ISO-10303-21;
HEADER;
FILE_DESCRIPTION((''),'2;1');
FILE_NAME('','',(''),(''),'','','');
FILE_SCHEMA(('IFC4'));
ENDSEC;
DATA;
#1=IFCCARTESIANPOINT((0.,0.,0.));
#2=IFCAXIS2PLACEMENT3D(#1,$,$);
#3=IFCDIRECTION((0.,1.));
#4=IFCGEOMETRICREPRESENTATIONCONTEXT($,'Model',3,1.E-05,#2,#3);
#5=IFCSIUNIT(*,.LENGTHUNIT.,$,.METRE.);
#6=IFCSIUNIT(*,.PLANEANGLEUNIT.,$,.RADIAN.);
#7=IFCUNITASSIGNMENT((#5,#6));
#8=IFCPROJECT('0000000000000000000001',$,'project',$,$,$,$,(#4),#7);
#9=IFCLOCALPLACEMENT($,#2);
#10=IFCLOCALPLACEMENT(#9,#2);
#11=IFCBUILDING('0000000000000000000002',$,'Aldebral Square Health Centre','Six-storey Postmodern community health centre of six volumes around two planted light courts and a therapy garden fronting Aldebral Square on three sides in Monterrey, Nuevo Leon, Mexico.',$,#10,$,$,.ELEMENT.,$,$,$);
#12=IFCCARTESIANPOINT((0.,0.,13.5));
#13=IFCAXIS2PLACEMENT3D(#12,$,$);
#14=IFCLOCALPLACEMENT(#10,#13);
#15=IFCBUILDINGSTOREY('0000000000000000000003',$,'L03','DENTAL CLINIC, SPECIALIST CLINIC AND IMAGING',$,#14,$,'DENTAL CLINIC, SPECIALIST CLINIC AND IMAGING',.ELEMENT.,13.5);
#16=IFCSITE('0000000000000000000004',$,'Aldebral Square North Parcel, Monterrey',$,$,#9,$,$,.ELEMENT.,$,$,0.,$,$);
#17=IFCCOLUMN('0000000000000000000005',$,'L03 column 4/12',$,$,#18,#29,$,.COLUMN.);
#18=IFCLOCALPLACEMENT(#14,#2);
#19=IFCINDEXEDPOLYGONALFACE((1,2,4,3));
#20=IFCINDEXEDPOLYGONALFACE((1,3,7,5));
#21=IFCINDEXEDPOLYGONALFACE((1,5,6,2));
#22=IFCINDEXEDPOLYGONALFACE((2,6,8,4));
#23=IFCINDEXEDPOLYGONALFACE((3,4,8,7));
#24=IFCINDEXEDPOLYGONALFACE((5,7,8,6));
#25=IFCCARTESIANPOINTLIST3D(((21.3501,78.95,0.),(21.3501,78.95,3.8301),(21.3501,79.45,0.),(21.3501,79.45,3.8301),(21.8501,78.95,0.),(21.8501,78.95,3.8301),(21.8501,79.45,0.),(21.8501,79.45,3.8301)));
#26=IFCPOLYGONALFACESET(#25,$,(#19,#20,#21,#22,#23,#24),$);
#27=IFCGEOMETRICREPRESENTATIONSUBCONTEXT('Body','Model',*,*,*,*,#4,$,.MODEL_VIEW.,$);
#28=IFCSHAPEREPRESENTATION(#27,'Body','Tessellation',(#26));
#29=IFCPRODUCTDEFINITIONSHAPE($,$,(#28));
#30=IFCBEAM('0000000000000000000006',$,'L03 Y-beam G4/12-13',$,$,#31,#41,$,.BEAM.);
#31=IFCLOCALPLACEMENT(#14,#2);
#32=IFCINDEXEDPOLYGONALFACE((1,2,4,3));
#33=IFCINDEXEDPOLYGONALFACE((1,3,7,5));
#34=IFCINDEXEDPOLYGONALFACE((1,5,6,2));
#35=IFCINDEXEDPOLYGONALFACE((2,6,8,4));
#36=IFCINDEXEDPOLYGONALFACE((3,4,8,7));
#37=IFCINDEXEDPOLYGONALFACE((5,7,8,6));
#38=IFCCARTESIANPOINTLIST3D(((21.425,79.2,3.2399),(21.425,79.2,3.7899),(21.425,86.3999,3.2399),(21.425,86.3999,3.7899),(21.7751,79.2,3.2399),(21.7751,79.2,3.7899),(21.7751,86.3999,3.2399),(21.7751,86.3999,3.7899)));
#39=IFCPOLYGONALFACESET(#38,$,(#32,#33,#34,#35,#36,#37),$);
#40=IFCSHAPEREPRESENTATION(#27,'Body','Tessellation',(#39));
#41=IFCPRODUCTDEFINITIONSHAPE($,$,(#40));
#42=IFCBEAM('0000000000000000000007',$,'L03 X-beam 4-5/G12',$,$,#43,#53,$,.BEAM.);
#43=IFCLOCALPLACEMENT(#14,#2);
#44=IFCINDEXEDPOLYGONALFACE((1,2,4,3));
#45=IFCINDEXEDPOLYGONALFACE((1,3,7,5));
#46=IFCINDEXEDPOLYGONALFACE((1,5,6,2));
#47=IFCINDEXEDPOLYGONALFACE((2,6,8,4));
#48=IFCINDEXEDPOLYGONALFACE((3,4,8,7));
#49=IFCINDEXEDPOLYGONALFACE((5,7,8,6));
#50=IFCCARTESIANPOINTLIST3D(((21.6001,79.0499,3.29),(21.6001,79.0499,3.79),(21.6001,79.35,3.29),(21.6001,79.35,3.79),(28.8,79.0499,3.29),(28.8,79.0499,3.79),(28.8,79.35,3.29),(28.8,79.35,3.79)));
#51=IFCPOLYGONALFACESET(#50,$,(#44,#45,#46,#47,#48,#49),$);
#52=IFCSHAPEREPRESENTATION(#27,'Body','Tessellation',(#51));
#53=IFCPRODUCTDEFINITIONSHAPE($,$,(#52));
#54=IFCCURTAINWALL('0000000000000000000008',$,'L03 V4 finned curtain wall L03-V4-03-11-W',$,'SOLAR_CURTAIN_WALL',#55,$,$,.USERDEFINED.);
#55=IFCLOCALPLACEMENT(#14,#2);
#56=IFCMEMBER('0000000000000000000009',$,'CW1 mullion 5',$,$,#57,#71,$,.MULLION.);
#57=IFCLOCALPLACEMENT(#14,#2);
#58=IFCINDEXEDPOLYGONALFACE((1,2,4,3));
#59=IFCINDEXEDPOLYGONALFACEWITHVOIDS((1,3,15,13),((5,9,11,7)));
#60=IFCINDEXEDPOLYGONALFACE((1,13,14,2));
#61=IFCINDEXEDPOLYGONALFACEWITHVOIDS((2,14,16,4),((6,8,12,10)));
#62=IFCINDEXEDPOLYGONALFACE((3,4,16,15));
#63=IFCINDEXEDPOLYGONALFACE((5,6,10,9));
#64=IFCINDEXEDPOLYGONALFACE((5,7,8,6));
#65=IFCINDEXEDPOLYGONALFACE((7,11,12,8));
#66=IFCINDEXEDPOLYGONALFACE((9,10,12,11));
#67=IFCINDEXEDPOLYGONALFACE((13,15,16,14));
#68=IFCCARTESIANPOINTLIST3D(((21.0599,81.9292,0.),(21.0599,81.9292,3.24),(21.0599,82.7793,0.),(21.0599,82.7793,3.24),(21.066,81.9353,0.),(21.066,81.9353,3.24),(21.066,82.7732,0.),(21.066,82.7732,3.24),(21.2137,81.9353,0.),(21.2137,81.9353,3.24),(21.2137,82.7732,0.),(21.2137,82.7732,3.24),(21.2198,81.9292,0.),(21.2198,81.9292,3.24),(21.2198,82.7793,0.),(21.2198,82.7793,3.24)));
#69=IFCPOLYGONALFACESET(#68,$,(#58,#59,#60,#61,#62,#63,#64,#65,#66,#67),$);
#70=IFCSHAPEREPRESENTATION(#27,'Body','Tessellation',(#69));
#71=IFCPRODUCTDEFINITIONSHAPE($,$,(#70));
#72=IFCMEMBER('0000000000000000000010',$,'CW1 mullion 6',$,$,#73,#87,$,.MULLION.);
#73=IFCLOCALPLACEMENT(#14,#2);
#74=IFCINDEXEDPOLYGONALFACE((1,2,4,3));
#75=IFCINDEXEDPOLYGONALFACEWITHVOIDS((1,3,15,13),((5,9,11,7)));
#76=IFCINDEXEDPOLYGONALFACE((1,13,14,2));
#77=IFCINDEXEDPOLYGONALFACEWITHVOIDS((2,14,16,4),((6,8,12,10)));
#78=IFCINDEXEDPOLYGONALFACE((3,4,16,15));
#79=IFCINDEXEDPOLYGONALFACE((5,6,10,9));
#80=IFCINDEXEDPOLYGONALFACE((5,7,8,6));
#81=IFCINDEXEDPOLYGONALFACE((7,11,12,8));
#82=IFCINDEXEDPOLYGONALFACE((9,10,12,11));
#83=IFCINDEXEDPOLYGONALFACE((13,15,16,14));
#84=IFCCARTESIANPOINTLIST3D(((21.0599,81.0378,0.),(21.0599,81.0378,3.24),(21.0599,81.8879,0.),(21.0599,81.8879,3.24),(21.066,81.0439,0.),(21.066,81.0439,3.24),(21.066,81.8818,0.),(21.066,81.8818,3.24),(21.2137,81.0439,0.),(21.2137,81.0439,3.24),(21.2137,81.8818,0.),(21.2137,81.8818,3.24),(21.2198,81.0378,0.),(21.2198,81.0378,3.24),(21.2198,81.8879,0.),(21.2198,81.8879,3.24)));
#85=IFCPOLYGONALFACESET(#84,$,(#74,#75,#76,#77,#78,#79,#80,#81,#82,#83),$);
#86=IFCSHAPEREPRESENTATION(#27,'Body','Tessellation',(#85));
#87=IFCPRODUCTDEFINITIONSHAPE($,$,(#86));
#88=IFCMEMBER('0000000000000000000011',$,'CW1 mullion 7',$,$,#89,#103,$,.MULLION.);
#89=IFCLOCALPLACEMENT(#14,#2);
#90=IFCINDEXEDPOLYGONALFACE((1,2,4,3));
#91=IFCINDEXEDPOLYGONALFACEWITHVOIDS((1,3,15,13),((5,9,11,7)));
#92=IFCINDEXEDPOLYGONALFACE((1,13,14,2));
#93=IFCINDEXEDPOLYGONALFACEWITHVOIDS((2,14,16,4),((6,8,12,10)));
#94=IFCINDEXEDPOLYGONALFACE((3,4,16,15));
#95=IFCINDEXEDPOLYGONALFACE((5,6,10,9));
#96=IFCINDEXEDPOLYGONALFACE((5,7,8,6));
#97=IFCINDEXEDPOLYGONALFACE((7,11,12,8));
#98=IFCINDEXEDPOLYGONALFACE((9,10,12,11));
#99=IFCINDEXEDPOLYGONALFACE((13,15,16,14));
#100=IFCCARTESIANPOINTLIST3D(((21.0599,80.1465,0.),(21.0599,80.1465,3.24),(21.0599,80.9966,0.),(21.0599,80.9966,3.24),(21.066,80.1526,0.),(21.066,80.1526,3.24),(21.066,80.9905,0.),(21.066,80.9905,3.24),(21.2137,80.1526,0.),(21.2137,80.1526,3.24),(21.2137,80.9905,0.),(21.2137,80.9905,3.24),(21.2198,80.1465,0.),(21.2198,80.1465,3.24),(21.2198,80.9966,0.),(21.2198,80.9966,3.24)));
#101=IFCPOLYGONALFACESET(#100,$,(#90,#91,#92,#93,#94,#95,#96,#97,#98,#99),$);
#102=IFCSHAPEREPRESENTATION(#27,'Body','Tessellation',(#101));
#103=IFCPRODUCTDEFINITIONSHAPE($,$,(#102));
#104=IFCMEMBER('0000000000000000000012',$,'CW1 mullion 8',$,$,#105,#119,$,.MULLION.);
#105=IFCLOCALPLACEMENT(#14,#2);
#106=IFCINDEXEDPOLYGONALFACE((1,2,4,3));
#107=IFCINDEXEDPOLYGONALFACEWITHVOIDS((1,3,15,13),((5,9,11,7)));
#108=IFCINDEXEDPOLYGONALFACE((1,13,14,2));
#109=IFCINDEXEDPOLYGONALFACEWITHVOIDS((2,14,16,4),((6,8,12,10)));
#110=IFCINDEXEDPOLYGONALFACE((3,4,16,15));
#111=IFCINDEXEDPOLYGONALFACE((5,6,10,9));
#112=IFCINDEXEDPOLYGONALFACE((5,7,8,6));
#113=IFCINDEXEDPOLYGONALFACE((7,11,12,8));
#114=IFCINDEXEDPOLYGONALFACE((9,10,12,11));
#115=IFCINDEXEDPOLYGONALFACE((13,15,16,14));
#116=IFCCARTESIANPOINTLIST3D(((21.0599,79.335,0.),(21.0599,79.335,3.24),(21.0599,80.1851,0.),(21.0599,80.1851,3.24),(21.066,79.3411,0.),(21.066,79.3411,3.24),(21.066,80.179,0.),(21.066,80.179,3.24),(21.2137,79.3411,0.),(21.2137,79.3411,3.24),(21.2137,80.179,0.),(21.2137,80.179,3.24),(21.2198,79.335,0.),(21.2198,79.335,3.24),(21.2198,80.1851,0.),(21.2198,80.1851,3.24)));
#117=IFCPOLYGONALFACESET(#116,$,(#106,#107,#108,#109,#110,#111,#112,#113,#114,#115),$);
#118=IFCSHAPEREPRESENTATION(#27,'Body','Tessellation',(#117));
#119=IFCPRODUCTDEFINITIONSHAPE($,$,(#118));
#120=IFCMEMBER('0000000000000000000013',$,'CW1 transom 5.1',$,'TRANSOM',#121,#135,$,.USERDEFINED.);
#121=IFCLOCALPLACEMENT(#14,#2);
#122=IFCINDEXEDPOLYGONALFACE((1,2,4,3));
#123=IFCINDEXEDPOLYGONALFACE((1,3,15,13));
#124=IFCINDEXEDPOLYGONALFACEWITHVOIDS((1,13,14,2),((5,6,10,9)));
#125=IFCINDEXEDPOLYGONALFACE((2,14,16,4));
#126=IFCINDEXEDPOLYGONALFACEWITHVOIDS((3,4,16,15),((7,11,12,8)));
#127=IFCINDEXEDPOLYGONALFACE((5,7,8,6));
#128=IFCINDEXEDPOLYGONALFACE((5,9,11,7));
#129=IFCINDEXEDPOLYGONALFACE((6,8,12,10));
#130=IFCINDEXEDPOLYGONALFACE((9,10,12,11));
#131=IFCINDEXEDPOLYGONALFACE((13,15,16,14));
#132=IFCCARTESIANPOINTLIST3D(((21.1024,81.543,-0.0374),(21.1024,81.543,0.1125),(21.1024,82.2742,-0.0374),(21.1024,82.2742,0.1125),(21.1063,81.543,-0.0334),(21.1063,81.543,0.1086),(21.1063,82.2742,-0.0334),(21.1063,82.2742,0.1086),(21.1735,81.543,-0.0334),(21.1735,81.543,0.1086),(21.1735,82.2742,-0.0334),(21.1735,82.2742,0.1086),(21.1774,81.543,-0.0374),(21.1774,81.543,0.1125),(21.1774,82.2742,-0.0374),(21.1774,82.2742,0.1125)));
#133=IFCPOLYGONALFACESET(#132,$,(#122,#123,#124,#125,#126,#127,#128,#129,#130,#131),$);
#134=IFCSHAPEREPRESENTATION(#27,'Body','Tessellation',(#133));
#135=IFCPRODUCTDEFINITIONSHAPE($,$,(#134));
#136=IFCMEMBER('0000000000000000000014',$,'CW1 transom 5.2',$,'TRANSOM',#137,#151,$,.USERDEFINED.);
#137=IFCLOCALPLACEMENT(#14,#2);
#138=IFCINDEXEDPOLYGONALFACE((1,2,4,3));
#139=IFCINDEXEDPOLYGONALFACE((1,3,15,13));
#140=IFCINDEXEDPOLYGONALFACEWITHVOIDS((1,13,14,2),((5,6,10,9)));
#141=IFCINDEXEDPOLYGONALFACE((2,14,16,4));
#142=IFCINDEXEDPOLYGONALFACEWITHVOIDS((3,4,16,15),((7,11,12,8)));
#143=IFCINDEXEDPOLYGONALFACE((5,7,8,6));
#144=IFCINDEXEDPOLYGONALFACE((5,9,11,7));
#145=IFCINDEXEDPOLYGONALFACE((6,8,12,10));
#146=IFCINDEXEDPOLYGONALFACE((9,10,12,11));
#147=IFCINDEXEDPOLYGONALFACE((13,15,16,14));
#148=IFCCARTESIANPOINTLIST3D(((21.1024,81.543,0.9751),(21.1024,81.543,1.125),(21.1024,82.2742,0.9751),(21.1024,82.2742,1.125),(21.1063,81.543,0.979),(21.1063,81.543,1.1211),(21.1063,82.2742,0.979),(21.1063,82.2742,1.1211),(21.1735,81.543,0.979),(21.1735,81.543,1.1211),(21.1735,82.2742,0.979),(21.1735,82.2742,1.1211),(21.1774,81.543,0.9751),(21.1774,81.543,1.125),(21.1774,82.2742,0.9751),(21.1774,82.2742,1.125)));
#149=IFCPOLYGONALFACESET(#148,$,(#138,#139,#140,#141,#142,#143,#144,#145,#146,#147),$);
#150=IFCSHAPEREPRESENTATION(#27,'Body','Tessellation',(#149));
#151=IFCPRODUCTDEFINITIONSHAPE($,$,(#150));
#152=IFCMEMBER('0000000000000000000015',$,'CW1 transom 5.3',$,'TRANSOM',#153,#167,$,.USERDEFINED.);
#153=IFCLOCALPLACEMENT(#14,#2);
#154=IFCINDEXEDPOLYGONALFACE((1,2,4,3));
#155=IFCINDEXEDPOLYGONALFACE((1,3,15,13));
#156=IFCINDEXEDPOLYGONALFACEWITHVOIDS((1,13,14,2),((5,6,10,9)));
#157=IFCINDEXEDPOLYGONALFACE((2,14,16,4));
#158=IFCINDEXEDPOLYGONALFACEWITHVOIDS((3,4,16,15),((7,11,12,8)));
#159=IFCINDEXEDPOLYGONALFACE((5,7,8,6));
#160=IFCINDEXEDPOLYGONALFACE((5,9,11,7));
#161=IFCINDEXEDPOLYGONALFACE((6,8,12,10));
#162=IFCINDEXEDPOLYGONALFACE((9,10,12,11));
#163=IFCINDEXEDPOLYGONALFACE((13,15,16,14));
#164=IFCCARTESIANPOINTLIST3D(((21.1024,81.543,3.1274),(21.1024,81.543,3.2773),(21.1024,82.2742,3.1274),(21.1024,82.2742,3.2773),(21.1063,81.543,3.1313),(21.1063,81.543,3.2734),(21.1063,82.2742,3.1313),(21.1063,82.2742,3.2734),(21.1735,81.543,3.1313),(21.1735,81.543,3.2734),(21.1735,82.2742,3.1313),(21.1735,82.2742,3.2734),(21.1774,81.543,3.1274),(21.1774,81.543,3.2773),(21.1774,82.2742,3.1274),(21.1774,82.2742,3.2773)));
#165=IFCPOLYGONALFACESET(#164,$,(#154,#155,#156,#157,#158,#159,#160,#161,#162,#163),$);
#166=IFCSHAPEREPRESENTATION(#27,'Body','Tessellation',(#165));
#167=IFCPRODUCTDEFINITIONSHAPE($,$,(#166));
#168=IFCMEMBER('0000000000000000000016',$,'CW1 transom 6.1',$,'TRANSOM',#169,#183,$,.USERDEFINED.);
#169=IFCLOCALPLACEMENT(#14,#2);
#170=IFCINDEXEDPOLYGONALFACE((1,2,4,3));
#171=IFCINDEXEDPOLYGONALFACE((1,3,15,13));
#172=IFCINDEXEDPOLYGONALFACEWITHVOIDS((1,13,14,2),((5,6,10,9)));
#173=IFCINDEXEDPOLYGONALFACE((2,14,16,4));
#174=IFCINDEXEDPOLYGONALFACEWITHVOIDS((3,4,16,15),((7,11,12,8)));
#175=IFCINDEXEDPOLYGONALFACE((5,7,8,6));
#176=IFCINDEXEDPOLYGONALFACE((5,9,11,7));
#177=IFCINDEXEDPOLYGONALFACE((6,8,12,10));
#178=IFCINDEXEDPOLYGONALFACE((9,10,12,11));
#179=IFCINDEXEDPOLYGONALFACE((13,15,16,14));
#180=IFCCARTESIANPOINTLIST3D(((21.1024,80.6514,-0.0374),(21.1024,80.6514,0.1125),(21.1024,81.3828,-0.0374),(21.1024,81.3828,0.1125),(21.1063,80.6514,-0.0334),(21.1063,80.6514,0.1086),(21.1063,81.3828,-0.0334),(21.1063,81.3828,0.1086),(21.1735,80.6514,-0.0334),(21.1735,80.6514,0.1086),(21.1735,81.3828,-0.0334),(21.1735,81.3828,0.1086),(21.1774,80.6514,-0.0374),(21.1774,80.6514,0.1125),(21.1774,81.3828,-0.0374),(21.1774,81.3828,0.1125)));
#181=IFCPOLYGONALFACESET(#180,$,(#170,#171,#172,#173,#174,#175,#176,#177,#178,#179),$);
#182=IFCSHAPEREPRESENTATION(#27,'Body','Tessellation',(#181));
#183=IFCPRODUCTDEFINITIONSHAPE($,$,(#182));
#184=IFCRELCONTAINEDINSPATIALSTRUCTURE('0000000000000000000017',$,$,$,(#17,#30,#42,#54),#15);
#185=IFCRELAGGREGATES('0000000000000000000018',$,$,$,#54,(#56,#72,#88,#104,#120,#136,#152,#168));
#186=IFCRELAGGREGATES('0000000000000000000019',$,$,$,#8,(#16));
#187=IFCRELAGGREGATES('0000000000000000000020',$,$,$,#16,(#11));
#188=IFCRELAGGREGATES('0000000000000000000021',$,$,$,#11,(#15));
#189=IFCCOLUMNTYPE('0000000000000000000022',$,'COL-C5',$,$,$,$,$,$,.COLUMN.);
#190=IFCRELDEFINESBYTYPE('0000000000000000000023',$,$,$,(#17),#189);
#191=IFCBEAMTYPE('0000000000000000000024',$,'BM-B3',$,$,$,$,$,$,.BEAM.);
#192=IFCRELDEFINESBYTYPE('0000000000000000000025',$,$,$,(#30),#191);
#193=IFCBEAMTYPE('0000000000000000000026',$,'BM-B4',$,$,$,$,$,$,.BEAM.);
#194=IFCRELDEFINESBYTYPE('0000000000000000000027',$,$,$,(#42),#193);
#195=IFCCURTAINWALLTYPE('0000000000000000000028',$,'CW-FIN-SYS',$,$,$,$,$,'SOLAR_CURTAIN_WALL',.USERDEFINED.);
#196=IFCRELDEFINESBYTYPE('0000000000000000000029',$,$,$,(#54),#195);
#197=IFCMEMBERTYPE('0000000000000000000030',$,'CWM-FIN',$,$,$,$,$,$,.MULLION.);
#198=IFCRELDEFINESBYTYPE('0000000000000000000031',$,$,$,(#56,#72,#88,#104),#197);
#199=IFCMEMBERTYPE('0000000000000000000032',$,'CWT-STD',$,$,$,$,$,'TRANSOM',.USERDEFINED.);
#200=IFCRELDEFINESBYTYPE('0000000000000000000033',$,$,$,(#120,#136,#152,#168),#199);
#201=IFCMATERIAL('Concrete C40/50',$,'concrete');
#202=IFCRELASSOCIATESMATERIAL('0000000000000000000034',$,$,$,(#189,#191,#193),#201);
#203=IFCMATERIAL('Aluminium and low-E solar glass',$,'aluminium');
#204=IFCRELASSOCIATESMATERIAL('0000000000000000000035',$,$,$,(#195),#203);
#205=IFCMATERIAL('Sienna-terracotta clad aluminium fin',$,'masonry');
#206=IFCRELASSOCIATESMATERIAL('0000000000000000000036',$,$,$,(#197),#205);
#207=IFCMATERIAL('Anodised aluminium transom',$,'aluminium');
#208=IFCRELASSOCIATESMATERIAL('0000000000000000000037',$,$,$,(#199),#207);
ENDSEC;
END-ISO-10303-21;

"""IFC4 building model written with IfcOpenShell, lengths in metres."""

from ifc_helpers import new_model, si_unit, direction, frame, origin, origin_2d, place, context, subcontext, project, spatial, rectangle, hollow_rectangle, extrude, material, material_profile, profile_set, type_object, element, aggregate, save


model = new_model("IFC4")

# Units and contexts
model_context = context("Model", 3, precision=1e-05, world=origin(), true_north=direction((0.0, 1.0)))
body_context = subcontext(model_context, "Body", "Model", "MODEL_VIEW")
ifc_project = project(units=[si_unit("LENGTHUNIT", "METRE"), si_unit("PLANEANGLEUNIT", "RADIAN")], contexts=[model_context])

# Site, building, storey
site_placement = place(None, origin())
site = spatial("IfcSite", under=ifc_project, at=site_placement, Name="Aldebral Square North Parcel, Monterrey", CompositionType="ELEMENT", RefElevation=0.0)
building_placement = place(site_placement, origin())
building = spatial("IfcBuilding", under=site, at=building_placement, Name="Aldebral Square Health Centre", Description="Six-storey Postmodern community health centre of six volumes around two planted light courts and a therapy garden fronting Aldebral Square on three sides in Monterrey, Nuevo Leon, Mexico.", CompositionType="ELEMENT")
storey_placement = place(building_placement, frame((0.0, 0.0, 13.5)))
storey = spatial("IfcBuildingStorey", under=building, at=storey_placement, Name="L03", Description="DENTAL CLINIC, SPECIALIST CLINIC AND IMAGING", LongName="DENTAL CLINIC, SPECIALIST CLINIC AND IMAGING", CompositionType="ELEMENT", Elevation=13.5)

# Column
ifc_material_1 = material(Name="Concrete C40/50", Category="concrete")
ifc_material_profile_1 = material_profile(ifc_material_1, rectangle(XDim=0.5, YDim=0.5, at=origin_2d()), Name="RC 500x500")
ifc_profile_set_1 = profile_set([ifc_material_profile_1], Name="Concrete C40/50")
column_type = type_object("IfcColumnType", Name="COL-C5", PredefinedType="COLUMN", material=ifc_profile_set_1)
column_placement = place(storey_placement, frame((21.6001, 79.2, 0.0), z_axis=(0.0, 0.0, 1.0), x_axis=(1.0, 0.0, 0.0)))
element("IfcColumn", 1, at=column_placement, inside=storey, type_object=column_type, Name="L03 column 4/12", PredefinedType="COLUMN", context=body_context, shape_type="SweptSolid", body=[
    extrude(rectangle(XDim=0.5, YDim=0.5, at=origin_2d()), origin(), (0.0, 0.0, 1.0), 3.8301),
])

# Beams
ifc_material_profile_2 = material_profile(ifc_material_1, rectangle(XDim=0.3501, YDim=0.55, at=origin_2d()), Name="RC 350x550")
ifc_profile_set_2 = profile_set([ifc_material_profile_2], Name="Concrete C40/50")
beam_type_1 = type_object("IfcBeamType", Name="BM-B3", PredefinedType="BEAM", material=ifc_profile_set_2)
beam_1_placement = place(storey_placement, frame((21.6001, 79.2, 3.5149), z_axis=(0.0, 1.0, 0.0), x_axis=(-1.0, 0.0, 0.0)))
element("IfcBeam", 2, at=beam_1_placement, inside=storey, type_object=beam_type_1, Name="L03 Y-beam G4/12-13", PredefinedType="BEAM", context=body_context, shape_type="SweptSolid", body=[
    extrude(rectangle(XDim=0.3501, YDim=0.55, at=origin_2d()), origin(), (0.0, 0.0, 1.0), 7.2),
])
ifc_material_profile_3 = material_profile(ifc_material_1, rectangle(XDim=0.3, YDim=0.5, at=origin_2d()), Name="RC 300x500")
ifc_profile_set_3 = profile_set([ifc_material_profile_3], Name="Concrete C40/50")
beam_type_2 = type_object("IfcBeamType", Name="BM-B4", PredefinedType="BEAM", material=ifc_profile_set_3)
beam_2_placement = place(storey_placement, frame((21.6001, 79.2, 3.54), z_axis=(1.0, 0.0, 0.0), x_axis=(0.0, 1.0, 0.0)))
element("IfcBeam", 3, at=beam_2_placement, inside=storey, type_object=beam_type_2, Name="L03 X-beam 4-5/G12", PredefinedType="BEAM", context=body_context, shape_type="SweptSolid", body=[
    extrude(rectangle(XDim=0.3, YDim=0.5, at=origin_2d()), origin(), (0.0, 0.0, 1.0), 7.2),
])

# Curtain wall, members
ifc_material_2 = material(Name="Aluminium and low-E solar glass", Category="aluminium")
curtain_wall_type = type_object("IfcCurtainWallType", Name="CW-FIN-SYS", ElementType="SOLAR_CURTAIN_WALL", PredefinedType="USERDEFINED", material=ifc_material_2)
curtain_wall_placement = place(storey_placement, origin())
curtain_wall = element("IfcCurtainWall", 4, at=curtain_wall_placement, inside=storey, type_object=curtain_wall_type, Name="L03 V4 finned curtain wall L03-V4-03-11-W", ObjectType="SOLAR_CURTAIN_WALL", PredefinedType="USERDEFINED")
ifc_material_3 = material(Name="Sienna-terracotta clad aluminium fin", Category="masonry")
ifc_material_profile_4 = material_profile(ifc_material_3, hollow_rectangle(XDim=0.1599, YDim=0.8501, WallThickness=0.0061, at=origin_2d()), Name="FIN 160x850x6")
ifc_profile_set_4 = profile_set([ifc_material_profile_4], Name="Sienna-terracotta clad aluminium fin")
member_type_1 = type_object("IfcMemberType", Name="CWM-FIN", PredefinedType="MULLION", material=ifc_profile_set_4)
member_1_placement = place(storey_placement, frame((21.1399, 82.3542, 0.0), z_axis=(0.0, 0.0, 1.0), x_axis=(1.0, 0.0, 0.0)))
member_1 = element("IfcMember", 5, at=member_1_placement, type_object=member_type_1, Name="CW1 mullion 5", PredefinedType="MULLION", context=body_context, shape_type="SweptSolid", body=[
    extrude(hollow_rectangle(XDim=0.1599, YDim=0.8501, WallThickness=0.0061, at=origin_2d()), origin(), (0.0, 0.0, 1.0), 3.24),
])
member_2_placement = place(storey_placement, frame((21.1399, 81.4629, 0.0), z_axis=(0.0, 0.0, 1.0), x_axis=(1.0, 0.0, 0.0)))
member_2 = element("IfcMember", 6, at=member_2_placement, type_object=member_type_1, Name="CW1 mullion 6", PredefinedType="MULLION", context=body_context, shape_type="SweptSolid", body=[
    extrude(hollow_rectangle(XDim=0.1599, YDim=0.8501, WallThickness=0.0061, at=origin_2d()), origin(), (0.0, 0.0, 1.0), 3.24),
])
member_3_placement = place(storey_placement, frame((21.1399, 80.5715, 0.0), z_axis=(0.0, 0.0, 1.0), x_axis=(1.0, 0.0, 0.0)))
member_3 = element("IfcMember", 7, at=member_3_placement, type_object=member_type_1, Name="CW1 mullion 7", PredefinedType="MULLION", context=body_context, shape_type="SweptSolid", body=[
    extrude(hollow_rectangle(XDim=0.1599, YDim=0.8501, WallThickness=0.0061, at=origin_2d()), origin(), (0.0, 0.0, 1.0), 3.24),
])
member_4_placement = place(storey_placement, frame((21.1399, 79.76, 0.0), z_axis=(0.0, 0.0, 1.0), x_axis=(1.0, 0.0, 0.0)))
member_4 = element("IfcMember", 8, at=member_4_placement, type_object=member_type_1, Name="CW1 mullion 8", PredefinedType="MULLION", context=body_context, shape_type="SweptSolid", body=[
    extrude(hollow_rectangle(XDim=0.1599, YDim=0.8501, WallThickness=0.0061, at=origin_2d()), origin(), (0.0, 0.0, 1.0), 3.24),
])
ifc_material_4 = material(Name="Anodised aluminium transom", Category="aluminium")
ifc_material_profile_5 = material_profile(ifc_material_4, hollow_rectangle(XDim=0.075, YDim=0.1499, WallThickness=0.0039, at=origin_2d()), Name="CWT 75x150x4")
ifc_profile_set_5 = profile_set([ifc_material_profile_5], Name="Anodised aluminium transom")
member_type_2 = type_object("IfcMemberType", Name="CWT-STD", ElementType="TRANSOM", PredefinedType="USERDEFINED", material=ifc_profile_set_5)
member_5_placement = place(storey_placement, frame((21.1399, 82.2742, 0.0376), z_axis=(0.0, -1.0, 0.0), x_axis=(1.0, 0.0, 0.0)))
member_5 = element("IfcMember", 9, at=member_5_placement, type_object=member_type_2, Name="CW1 transom 5.1", ObjectType="TRANSOM", PredefinedType="USERDEFINED", context=body_context, shape_type="SweptSolid", body=[
    extrude(hollow_rectangle(XDim=0.075, YDim=0.1499, WallThickness=0.0039, at=origin_2d()), origin(), (0.0, 0.0, 1.0), 0.7312),
])
member_6_placement = place(storey_placement, frame((21.1399, 82.2742, 1.05), z_axis=(0.0, -1.0, 0.0), x_axis=(1.0, 0.0, 0.0)))
member_6 = element("IfcMember", 10, at=member_6_placement, type_object=member_type_2, Name="CW1 transom 5.2", ObjectType="TRANSOM", PredefinedType="USERDEFINED", context=body_context, shape_type="SweptSolid", body=[
    extrude(hollow_rectangle(XDim=0.075, YDim=0.1499, WallThickness=0.0039, at=origin_2d()), origin(), (0.0, 0.0, 1.0), 0.7312),
])
member_7_placement = place(storey_placement, frame((21.1399, 82.2742, 3.2024), z_axis=(0.0, -1.0, 0.0), x_axis=(1.0, 0.0, 0.0)))
member_7 = element("IfcMember", 11, at=member_7_placement, type_object=member_type_2, Name="CW1 transom 5.3", ObjectType="TRANSOM", PredefinedType="USERDEFINED", context=body_context, shape_type="SweptSolid", body=[
    extrude(hollow_rectangle(XDim=0.075, YDim=0.1499, WallThickness=0.0039, at=origin_2d()), origin(), (0.0, 0.0, 1.0), 0.7312),
])
member_8_placement = place(storey_placement, frame((21.1399, 81.3828, 0.0376), z_axis=(0.0, -1.0, 0.0), x_axis=(1.0, 0.0, 0.0)))
member_8 = element("IfcMember", 12, at=member_8_placement, type_object=member_type_2, Name="CW1 transom 6.1", ObjectType="TRANSOM", PredefinedType="USERDEFINED", context=body_context, shape_type="SweptSolid", body=[
    extrude(hollow_rectangle(XDim=0.075, YDim=0.1499, WallThickness=0.0039, at=origin_2d()), origin(), (0.0, 0.0, 1.0), 0.7314),
])
aggregate(curtain_wall, [member_1, member_2, member_3, member_4, member_5, member_6, member_7, member_8])

save(model, "model.ifc")
